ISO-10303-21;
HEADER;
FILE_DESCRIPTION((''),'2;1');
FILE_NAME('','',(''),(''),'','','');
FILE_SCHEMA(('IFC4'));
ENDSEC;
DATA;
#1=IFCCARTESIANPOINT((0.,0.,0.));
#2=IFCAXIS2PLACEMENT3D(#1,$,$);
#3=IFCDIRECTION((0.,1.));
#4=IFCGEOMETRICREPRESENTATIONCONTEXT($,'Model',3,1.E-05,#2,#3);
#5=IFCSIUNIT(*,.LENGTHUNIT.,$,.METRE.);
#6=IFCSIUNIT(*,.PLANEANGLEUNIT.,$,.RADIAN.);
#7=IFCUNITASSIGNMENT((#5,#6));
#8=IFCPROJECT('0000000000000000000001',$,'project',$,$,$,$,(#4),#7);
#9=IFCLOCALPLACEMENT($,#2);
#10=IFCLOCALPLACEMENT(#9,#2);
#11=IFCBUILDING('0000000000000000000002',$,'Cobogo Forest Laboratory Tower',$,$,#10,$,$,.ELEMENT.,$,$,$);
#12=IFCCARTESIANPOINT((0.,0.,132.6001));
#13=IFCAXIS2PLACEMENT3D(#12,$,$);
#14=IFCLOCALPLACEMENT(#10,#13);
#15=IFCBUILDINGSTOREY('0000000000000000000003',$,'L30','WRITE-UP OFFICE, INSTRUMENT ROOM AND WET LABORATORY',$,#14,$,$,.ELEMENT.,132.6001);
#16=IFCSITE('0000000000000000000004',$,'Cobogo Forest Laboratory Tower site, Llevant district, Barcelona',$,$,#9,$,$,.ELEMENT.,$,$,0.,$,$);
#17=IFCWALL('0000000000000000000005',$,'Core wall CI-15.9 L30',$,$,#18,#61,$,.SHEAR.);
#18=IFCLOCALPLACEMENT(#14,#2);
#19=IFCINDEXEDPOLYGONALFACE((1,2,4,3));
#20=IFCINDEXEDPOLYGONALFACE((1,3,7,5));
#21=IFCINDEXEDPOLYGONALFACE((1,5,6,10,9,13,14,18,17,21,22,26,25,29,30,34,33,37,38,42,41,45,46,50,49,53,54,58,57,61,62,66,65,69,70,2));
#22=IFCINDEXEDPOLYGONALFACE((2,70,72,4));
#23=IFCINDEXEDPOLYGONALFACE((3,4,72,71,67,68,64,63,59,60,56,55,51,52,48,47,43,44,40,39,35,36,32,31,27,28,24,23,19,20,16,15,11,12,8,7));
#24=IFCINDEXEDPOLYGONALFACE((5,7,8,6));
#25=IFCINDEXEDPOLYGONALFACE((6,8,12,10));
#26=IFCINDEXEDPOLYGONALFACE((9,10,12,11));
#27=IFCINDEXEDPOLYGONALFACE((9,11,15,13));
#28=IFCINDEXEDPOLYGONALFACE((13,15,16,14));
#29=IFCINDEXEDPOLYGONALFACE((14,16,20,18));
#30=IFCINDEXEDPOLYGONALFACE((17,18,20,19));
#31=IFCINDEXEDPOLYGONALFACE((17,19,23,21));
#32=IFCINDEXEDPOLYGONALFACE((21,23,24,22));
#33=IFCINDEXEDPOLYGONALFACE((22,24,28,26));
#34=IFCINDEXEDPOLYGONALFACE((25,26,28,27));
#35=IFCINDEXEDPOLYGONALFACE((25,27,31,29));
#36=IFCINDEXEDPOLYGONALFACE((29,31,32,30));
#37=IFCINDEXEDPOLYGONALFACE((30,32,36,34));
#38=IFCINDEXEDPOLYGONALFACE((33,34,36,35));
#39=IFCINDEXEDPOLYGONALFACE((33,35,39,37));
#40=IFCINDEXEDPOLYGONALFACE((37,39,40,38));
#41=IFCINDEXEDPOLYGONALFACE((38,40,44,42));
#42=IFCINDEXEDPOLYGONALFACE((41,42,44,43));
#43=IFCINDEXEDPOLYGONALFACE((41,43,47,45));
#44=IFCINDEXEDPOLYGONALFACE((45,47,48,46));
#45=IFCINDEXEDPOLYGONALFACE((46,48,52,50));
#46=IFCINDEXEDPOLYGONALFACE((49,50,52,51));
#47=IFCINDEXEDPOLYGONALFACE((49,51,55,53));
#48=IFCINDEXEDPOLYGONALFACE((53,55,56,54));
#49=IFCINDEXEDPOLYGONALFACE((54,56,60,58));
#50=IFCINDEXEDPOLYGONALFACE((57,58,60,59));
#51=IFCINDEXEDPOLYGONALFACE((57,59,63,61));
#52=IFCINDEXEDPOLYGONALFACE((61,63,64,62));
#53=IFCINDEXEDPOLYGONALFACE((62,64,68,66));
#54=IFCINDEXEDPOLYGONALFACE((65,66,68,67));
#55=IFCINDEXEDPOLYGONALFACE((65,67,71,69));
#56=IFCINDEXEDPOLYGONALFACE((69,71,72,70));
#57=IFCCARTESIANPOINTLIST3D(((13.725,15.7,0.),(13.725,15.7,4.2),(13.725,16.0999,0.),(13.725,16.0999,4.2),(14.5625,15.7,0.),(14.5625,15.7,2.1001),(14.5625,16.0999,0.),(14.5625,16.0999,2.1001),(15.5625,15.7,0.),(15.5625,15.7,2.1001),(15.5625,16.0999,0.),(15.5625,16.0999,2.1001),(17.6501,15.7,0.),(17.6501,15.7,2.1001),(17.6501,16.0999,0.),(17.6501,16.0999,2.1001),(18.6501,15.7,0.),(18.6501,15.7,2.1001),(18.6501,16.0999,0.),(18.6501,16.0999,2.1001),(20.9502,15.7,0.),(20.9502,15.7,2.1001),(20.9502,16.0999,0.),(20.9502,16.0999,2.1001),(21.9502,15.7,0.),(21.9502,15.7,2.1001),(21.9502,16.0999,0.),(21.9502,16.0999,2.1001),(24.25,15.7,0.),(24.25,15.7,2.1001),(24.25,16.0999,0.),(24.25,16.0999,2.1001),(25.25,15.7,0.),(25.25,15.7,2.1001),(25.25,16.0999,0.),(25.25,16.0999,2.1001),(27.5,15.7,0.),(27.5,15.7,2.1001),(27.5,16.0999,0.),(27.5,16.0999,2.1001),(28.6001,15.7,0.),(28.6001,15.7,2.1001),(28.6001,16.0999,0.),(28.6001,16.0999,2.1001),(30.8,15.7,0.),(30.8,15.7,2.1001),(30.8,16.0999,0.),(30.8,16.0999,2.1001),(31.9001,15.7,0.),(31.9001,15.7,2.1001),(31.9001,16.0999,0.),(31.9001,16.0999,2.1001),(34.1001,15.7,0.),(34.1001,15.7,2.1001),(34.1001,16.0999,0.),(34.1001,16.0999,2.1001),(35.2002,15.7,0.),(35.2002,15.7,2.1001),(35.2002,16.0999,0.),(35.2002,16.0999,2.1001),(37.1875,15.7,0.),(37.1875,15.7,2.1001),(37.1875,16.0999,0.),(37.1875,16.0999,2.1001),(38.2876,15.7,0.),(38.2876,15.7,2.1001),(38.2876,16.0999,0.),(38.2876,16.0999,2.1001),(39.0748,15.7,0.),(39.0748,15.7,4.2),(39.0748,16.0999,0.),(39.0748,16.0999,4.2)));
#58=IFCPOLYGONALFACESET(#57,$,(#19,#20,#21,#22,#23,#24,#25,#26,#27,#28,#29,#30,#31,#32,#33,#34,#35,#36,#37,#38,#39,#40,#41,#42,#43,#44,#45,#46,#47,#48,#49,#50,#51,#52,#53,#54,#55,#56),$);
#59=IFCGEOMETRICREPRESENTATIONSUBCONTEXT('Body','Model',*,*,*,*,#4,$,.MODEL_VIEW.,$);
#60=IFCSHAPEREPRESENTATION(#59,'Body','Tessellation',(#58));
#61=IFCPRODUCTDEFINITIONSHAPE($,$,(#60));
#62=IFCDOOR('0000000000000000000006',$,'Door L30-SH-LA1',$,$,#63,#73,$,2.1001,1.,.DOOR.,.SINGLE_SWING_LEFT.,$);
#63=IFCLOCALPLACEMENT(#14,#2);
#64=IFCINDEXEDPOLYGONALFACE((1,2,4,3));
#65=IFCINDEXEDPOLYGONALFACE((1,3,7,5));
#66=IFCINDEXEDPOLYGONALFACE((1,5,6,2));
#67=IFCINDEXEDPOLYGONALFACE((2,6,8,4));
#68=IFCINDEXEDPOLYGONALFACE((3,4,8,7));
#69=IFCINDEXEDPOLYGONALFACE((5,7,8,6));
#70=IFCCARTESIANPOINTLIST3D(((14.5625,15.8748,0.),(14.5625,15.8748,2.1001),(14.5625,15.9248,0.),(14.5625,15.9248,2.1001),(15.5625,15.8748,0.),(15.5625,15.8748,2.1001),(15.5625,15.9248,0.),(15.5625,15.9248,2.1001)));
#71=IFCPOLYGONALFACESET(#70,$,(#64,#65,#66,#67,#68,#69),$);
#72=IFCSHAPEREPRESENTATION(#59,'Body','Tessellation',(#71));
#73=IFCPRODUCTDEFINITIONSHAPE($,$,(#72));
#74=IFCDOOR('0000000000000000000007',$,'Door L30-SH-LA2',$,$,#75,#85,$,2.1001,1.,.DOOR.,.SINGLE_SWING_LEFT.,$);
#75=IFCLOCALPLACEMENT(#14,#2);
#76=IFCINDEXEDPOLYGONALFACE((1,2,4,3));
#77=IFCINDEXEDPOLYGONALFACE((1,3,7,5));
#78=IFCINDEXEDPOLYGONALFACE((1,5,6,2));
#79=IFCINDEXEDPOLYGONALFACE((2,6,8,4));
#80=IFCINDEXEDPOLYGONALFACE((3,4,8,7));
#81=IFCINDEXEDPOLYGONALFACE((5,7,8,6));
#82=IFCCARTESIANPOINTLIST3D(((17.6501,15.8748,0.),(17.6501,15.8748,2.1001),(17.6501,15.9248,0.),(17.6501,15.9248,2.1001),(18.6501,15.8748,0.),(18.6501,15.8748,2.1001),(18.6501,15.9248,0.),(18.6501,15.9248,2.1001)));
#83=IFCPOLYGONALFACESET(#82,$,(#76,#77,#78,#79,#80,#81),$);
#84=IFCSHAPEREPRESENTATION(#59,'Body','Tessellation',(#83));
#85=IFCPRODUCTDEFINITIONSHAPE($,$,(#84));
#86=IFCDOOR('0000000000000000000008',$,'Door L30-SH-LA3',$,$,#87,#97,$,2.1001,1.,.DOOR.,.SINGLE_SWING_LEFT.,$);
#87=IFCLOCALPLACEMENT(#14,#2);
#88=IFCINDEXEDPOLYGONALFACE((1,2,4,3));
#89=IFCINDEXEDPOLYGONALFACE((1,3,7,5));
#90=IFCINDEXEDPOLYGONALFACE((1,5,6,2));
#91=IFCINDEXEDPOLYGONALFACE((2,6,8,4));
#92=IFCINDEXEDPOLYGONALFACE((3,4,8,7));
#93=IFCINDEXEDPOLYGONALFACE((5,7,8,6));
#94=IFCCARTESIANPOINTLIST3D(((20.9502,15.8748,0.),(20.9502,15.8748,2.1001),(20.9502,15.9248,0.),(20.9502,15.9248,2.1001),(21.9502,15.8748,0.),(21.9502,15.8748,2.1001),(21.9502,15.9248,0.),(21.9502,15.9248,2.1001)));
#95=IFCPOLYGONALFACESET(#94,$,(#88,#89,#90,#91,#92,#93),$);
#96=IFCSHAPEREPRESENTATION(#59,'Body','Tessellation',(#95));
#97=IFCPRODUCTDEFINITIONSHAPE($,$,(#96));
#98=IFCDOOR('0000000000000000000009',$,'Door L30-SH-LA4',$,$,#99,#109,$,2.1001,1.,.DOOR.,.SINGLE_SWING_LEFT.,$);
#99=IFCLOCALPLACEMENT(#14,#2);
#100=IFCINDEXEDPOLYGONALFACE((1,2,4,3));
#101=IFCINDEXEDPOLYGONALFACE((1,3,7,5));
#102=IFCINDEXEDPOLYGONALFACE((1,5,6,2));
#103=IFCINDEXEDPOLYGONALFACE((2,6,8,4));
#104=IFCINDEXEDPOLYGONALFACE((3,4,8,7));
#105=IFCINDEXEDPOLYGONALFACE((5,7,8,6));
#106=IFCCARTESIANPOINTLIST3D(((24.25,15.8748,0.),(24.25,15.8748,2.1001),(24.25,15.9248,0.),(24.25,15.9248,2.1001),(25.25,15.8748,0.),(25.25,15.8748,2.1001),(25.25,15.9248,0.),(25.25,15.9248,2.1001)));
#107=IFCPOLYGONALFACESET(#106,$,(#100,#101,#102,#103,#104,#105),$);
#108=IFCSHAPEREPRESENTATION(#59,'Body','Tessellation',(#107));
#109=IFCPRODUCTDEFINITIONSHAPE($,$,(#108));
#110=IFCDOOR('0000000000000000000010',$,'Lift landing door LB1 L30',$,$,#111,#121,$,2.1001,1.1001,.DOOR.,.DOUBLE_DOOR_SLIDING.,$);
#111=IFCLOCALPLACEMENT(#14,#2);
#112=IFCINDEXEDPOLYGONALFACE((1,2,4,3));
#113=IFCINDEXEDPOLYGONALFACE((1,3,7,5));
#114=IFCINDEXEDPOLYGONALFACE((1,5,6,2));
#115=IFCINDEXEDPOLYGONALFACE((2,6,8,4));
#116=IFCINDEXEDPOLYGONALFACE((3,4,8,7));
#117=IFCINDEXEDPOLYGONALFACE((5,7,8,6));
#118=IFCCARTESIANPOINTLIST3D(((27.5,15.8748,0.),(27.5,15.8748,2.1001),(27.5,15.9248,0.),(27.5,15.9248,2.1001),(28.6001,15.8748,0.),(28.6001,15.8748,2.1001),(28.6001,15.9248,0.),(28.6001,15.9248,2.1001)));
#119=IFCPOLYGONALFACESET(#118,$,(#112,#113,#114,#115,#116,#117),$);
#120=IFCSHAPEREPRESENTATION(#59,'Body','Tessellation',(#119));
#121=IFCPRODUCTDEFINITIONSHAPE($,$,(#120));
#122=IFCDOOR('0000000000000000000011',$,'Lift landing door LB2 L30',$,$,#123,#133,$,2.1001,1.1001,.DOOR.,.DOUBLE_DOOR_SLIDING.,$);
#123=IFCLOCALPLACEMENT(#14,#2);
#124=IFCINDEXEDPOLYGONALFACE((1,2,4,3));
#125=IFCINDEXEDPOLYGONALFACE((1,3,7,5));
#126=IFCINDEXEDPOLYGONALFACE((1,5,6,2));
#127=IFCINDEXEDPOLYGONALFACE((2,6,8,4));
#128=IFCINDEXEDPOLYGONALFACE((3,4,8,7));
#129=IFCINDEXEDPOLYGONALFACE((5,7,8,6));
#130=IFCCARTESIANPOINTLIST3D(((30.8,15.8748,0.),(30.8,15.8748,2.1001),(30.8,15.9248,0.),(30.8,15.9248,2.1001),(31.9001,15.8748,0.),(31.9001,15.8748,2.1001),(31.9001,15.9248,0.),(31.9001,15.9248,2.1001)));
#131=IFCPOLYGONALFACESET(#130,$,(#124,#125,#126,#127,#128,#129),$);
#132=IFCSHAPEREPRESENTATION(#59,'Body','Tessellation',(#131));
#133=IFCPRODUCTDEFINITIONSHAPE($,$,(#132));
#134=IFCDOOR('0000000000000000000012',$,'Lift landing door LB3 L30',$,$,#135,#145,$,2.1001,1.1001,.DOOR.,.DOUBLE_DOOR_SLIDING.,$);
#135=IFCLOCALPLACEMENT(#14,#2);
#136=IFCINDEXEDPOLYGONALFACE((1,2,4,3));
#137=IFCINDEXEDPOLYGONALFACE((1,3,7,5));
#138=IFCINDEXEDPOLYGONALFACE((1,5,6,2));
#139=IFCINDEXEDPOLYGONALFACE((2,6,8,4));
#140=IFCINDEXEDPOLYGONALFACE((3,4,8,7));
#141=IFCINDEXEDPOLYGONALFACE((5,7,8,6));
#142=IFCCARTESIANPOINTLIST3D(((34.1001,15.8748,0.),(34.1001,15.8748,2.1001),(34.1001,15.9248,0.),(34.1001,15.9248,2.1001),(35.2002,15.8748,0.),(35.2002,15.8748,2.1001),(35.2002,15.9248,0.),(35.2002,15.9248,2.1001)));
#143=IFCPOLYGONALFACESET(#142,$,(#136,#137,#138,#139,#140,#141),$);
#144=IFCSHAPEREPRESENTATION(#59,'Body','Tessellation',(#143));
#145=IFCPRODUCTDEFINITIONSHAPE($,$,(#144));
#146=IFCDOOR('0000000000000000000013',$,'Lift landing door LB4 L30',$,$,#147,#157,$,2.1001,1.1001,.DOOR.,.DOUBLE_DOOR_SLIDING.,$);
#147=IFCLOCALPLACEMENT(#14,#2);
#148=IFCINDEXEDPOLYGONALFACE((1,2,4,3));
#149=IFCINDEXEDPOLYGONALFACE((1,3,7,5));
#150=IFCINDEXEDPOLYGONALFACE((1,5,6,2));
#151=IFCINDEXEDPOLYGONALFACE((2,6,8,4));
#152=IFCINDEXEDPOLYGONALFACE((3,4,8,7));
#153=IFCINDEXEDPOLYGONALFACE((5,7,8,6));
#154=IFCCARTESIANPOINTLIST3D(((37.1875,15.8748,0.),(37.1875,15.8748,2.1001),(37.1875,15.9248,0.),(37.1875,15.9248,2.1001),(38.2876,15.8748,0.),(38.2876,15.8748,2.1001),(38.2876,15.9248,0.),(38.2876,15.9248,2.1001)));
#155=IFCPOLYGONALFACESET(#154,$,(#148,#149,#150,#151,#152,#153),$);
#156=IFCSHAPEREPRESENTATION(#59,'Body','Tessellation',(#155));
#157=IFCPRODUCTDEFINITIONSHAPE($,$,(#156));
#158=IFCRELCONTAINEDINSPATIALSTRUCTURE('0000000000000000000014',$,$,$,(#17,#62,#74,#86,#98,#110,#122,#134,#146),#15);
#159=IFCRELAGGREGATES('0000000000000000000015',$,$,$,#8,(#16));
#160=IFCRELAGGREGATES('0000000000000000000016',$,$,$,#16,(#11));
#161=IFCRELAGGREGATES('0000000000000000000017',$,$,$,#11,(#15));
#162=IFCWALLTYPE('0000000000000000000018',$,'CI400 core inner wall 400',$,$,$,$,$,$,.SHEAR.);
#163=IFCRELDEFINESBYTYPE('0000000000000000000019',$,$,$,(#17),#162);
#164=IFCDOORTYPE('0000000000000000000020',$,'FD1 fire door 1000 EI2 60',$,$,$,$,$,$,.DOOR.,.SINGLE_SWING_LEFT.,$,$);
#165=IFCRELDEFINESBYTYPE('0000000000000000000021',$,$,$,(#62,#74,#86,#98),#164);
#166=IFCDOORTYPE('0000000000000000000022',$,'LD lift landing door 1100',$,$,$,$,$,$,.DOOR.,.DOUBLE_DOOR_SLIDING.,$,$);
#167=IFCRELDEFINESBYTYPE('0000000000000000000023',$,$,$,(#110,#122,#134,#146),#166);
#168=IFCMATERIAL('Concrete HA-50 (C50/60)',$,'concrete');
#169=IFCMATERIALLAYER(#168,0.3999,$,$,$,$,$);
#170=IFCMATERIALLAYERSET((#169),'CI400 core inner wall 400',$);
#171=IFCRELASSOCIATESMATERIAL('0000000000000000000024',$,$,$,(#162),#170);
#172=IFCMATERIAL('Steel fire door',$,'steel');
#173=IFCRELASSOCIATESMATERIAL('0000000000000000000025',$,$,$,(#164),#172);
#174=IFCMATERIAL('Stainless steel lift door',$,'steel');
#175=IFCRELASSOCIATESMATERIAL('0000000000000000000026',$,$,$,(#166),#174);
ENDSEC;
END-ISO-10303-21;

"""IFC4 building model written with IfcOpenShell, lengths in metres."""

from ifc_helpers import new_model, si_unit, direction, frame, frame_2d, origin, place, context, subcontext, project, spatial, rectangle, extrude, material, layer, layer_set, type_object, element, fill, save


model = new_model("IFC4")

# Units and contexts
model_context = context("Model", 3, precision=1e-05, world=origin(), true_north=direction((0.0, 1.0)))
body_context = subcontext(model_context, "Body", "Model", "MODEL_VIEW")
ifc_project = project(units=[si_unit("LENGTHUNIT", "METRE"), si_unit("PLANEANGLEUNIT", "RADIAN")], contexts=[model_context])

# Site, building, storey
site_placement = place(None, origin())
site = spatial("IfcSite", under=ifc_project, at=site_placement, Name="Cobogo Forest Laboratory Tower site, Llevant district, Barcelona", CompositionType="ELEMENT", RefElevation=0.0)
building_placement = place(site_placement, origin())
building = spatial("IfcBuilding", under=site, at=building_placement, Name="Cobogo Forest Laboratory Tower", CompositionType="ELEMENT")
storey_placement = place(building_placement, frame((0.0, 0.0, 132.6001)))
storey = spatial("IfcBuildingStorey", under=building, at=storey_placement, Name="L30", Description="WRITE-UP OFFICE, INSTRUMENT ROOM AND WET LABORATORY", CompositionType="ELEMENT", Elevation=132.6001)

# Shared definitions
ifc_material_1 = material(Name="Concrete HA-50 (C50/60)", Category="concrete")

# Wall, openings, doors
ifc_layer = layer(ifc_material_1, 0.3999)
ifc_layer_set = layer_set([ifc_layer], Name="CI400 core inner wall 400")
wall_type = type_object("IfcWallType", Name="CI400 core inner wall 400", PredefinedType="SHEAR", material=ifc_layer_set)
wall_1_placement = place(storey_placement, frame((13.7251, 15.8999, 0.0), z_axis=(0.0, 0.0, 1.0), x_axis=(1.0, 0.0, 0.0)))
wall_1 = element("IfcWall", 1, at=wall_1_placement, inside=storey, type_object=wall_type, Name="Core wall CI-15.9 L30", PredefinedType="SHEAR", context=body_context, shape_type="SweptSolid", body=[
    extrude(rectangle(XDim=25.3499, YDim=0.3999, at=frame_2d((12.6748, 0.0))), origin(), (0.0, 0.0, 1.0), 4.2),
])
opening_1_placement = place(wall_1_placement, frame((0.8374, 0.0, 0.0)))
opening_1 = element("IfcOpeningElement", 2, at=opening_1_placement, cuts=wall_1, PredefinedType="OPENING", context=body_context, shape_type="SweptSolid", body=[
    extrude(rectangle(XDim=1.0, YDim=2.1001, at=frame_2d((0.5, 1.05))), frame((0.0, 0.21, 0.0), z_axis=(0.0, -1.0, 0.0), x_axis=(1.0, 0.0, 0.0)), (0.0, 0.0, 1.0), 0.4199),
])
opening_2_placement = place(wall_1_placement, frame((3.925, 0.0, 0.0)))
opening_2 = element("IfcOpeningElement", 3, at=opening_2_placement, cuts=wall_1, PredefinedType="OPENING", context=body_context, shape_type="SweptSolid", body=[
    extrude(rectangle(XDim=1.0, YDim=2.1001, at=frame_2d((0.5, 1.05))), frame((0.0, 0.21, 0.0), z_axis=(0.0, -1.0, 0.0), x_axis=(1.0, 0.0, 0.0)), (0.0, 0.0, 1.0), 0.4199),
])
opening_3_placement = place(wall_1_placement, frame((7.2251, 0.0, 0.0)))
opening_3 = element("IfcOpeningElement", 4, at=opening_3_placement, cuts=wall_1, PredefinedType="OPENING", context=body_context, shape_type="SweptSolid", body=[
    extrude(rectangle(XDim=1.0, YDim=2.1001, at=frame_2d((0.5, 1.05))), frame((0.0, 0.21, 0.0), z_axis=(0.0, -1.0, 0.0), x_axis=(1.0, 0.0, 0.0)), (0.0, 0.0, 1.0), 0.4199),
])
opening_4_placement = place(wall_1_placement, frame((10.5249, 0.0, 0.0)))
opening_4 = element("IfcOpeningElement", 5, at=opening_4_placement, cuts=wall_1, PredefinedType="OPENING", context=body_context, shape_type="SweptSolid", body=[
    extrude(rectangle(XDim=1.0, YDim=2.1001, at=frame_2d((0.5, 1.05))), frame((0.0, 0.21, 0.0), z_axis=(0.0, -1.0, 0.0), x_axis=(1.0, 0.0, 0.0)), (0.0, 0.0, 1.0), 0.4199),
])
opening_5_placement = place(wall_1_placement, frame((13.7749, 0.0, 0.0)))
opening_5 = element("IfcOpeningElement", 6, at=opening_5_placement, cuts=wall_1, PredefinedType="OPENING", context=body_context, shape_type="SweptSolid", body=[
    extrude(rectangle(XDim=1.1001, YDim=2.1001, at=frame_2d((0.55, 1.05))), frame((0.0, 0.21, 0.0), z_axis=(0.0, -1.0, 0.0), x_axis=(1.0, 0.0, 0.0)), (0.0, 0.0, 1.0), 0.4199),
])
opening_6_placement = place(wall_1_placement, frame((17.075, 0.0, 0.0)))
opening_6 = element("IfcOpeningElement", 7, at=opening_6_placement, cuts=wall_1, PredefinedType="OPENING", context=body_context, shape_type="SweptSolid", body=[
    extrude(rectangle(XDim=1.1001, YDim=2.1001, at=frame_2d((0.55, 1.05))), frame((0.0, 0.21, 0.0), z_axis=(0.0, -1.0, 0.0), x_axis=(1.0, 0.0, 0.0)), (0.0, 0.0, 1.0), 0.4199),
])
opening_7_placement = place(wall_1_placement, frame((20.375, 0.0, 0.0)))
opening_7 = element("IfcOpeningElement", 8, at=opening_7_placement, cuts=wall_1, PredefinedType="OPENING", context=body_context, shape_type="SweptSolid", body=[
    extrude(rectangle(XDim=1.1001, YDim=2.1001, at=frame_2d((0.55, 1.05))), frame((0.0, 0.21, 0.0), z_axis=(0.0, -1.0, 0.0), x_axis=(1.0, 0.0, 0.0)), (0.0, 0.0, 1.0), 0.4199),
])
opening_8_placement = place(wall_1_placement, frame((23.4624, 0.0, 0.0)))
opening_8 = element("IfcOpeningElement", 9, at=opening_8_placement, cuts=wall_1, PredefinedType="OPENING", context=body_context, shape_type="SweptSolid", body=[
    extrude(rectangle(XDim=1.1001, YDim=2.1001, at=frame_2d((0.55, 1.05))), frame((0.0, 0.21, 0.0), z_axis=(0.0, -1.0, 0.0), x_axis=(1.0, 0.0, 0.0)), (0.0, 0.0, 1.0), 0.4199),
])
ifc_material_2 = material(Name="Steel fire door", Category="steel")
door_type_1 = type_object("IfcDoorType", Name="FD1 fire door 1000 EI2 60", OperationType="SINGLE_SWING_LEFT", PredefinedType="DOOR", material=ifc_material_2)
door_1_placement = place(opening_1_placement, origin())
door_1 = element("IfcDoor", 10, at=door_1_placement, inside=storey, type_object=door_type_1, Name="Door L30-SH-LA1", OperationType="SINGLE_SWING_LEFT", OverallHeight=2.1001, OverallWidth=1.0, PredefinedType="DOOR", context=body_context, shape_type="SweptSolid", body=[
    extrude(rectangle(XDim=1.0, YDim=2.1001, at=frame_2d((0.5, 1.05))), frame((0.0, 0.0249, 0.0), z_axis=(0.0, -1.0, 0.0), x_axis=(1.0, 0.0, 0.0)), (0.0, 0.0, 1.0), 0.05),
])
fill(opening_1, door_1)
door_2_placement = place(opening_2_placement, origin())
door_2 = element("IfcDoor", 11, at=door_2_placement, inside=storey, type_object=door_type_1, Name="Door L30-SH-LA2", OperationType="SINGLE_SWING_LEFT", OverallHeight=2.1001, OverallWidth=1.0, PredefinedType="DOOR", context=body_context, shape_type="SweptSolid", body=[
    extrude(rectangle(XDim=1.0, YDim=2.1001, at=frame_2d((0.5, 1.05))), frame((0.0, 0.0249, 0.0), z_axis=(0.0, -1.0, 0.0), x_axis=(1.0, 0.0, 0.0)), (0.0, 0.0, 1.0), 0.05),
])
fill(opening_2, door_2)
door_3_placement = place(opening_3_placement, origin())
door_3 = element("IfcDoor", 12, at=door_3_placement, inside=storey, type_object=door_type_1, Name="Door L30-SH-LA3", OperationType="SINGLE_SWING_LEFT", OverallHeight=2.1001, OverallWidth=1.0, PredefinedType="DOOR", context=body_context, shape_type="SweptSolid", body=[
    extrude(rectangle(XDim=1.0, YDim=2.1001, at=frame_2d((0.5, 1.05))), frame((0.0, 0.0249, 0.0), z_axis=(0.0, -1.0, 0.0), x_axis=(1.0, 0.0, 0.0)), (0.0, 0.0, 1.0), 0.05),
])
fill(opening_3, door_3)
door_4_placement = place(opening_4_placement, origin())
door_4 = element("IfcDoor", 13, at=door_4_placement, inside=storey, type_object=door_type_1, Name="Door L30-SH-LA4", OperationType="SINGLE_SWING_LEFT", OverallHeight=2.1001, OverallWidth=1.0, PredefinedType="DOOR", context=body_context, shape_type="SweptSolid", body=[
    extrude(rectangle(XDim=1.0, YDim=2.1001, at=frame_2d((0.5, 1.05))), frame((0.0, 0.0249, 0.0), z_axis=(0.0, -1.0, 0.0), x_axis=(1.0, 0.0, 0.0)), (0.0, 0.0, 1.0), 0.05),
])
fill(opening_4, door_4)
ifc_material_3 = material(Name="Stainless steel lift door", Category="steel")
door_type_2 = type_object("IfcDoorType", Name="LD lift landing door 1100", OperationType="DOUBLE_DOOR_SLIDING", PredefinedType="DOOR", material=ifc_material_3)
door_5_placement = place(opening_5_placement, origin())
door_5 = element("IfcDoor", 14, at=door_5_placement, inside=storey, type_object=door_type_2, Name="Lift landing door LB1 L30", OperationType="DOUBLE_DOOR_SLIDING", OverallHeight=2.1001, OverallWidth=1.1001, PredefinedType="DOOR", context=body_context, shape_type="SweptSolid", body=[
    extrude(rectangle(XDim=1.1001, YDim=2.1001, at=frame_2d((0.55, 1.05))), frame((0.0, 0.0249, 0.0), z_axis=(0.0, -1.0, 0.0), x_axis=(1.0, 0.0, 0.0)), (0.0, 0.0, 1.0), 0.05),
])
fill(opening_5, door_5)
door_6_placement = place(opening_6_placement, origin())
door_6 = element("IfcDoor", 15, at=door_6_placement, inside=storey, type_object=door_type_2, Name="Lift landing door LB2 L30", OperationType="DOUBLE_DOOR_SLIDING", OverallHeight=2.1001, OverallWidth=1.1001, PredefinedType="DOOR", context=body_context, shape_type="SweptSolid", body=[
    extrude(rectangle(XDim=1.1001, YDim=2.1001, at=frame_2d((0.55, 1.05))), frame((0.0, 0.0249, 0.0), z_axis=(0.0, -1.0, 0.0), x_axis=(1.0, 0.0, 0.0)), (0.0, 0.0, 1.0), 0.05),
])
fill(opening_6, door_6)
door_7_placement = place(opening_7_placement, origin())
door_7 = element("IfcDoor", 16, at=door_7_placement, inside=storey, type_object=door_type_2, Name="Lift landing door LB3 L30", OperationType="DOUBLE_DOOR_SLIDING", OverallHeight=2.1001, OverallWidth=1.1001, PredefinedType="DOOR", context=body_context, shape_type="SweptSolid", body=[
    extrude(rectangle(XDim=1.1001, YDim=2.1001, at=frame_2d((0.55, 1.05))), frame((0.0, 0.0249, 0.0), z_axis=(0.0, -1.0, 0.0), x_axis=(1.0, 0.0, 0.0)), (0.0, 0.0, 1.0), 0.05),
])
fill(opening_7, door_7)
door_8_placement = place(opening_8_placement, origin())
door_8 = element("IfcDoor", 17, at=door_8_placement, inside=storey, type_object=door_type_2, Name="Lift landing door LB4 L30", OperationType="DOUBLE_DOOR_SLIDING", OverallHeight=2.1001, OverallWidth=1.1001, PredefinedType="DOOR", context=body_context, shape_type="SweptSolid", body=[
    extrude(rectangle(XDim=1.1001, YDim=2.1001, at=frame_2d((0.55, 1.05))), frame((0.0, 0.0249, 0.0), z_axis=(0.0, -1.0, 0.0), x_axis=(1.0, 0.0, 0.0)), (0.0, 0.0, 1.0), 0.05),
])
fill(opening_8, door_8)

save(model, "model.ifc")
